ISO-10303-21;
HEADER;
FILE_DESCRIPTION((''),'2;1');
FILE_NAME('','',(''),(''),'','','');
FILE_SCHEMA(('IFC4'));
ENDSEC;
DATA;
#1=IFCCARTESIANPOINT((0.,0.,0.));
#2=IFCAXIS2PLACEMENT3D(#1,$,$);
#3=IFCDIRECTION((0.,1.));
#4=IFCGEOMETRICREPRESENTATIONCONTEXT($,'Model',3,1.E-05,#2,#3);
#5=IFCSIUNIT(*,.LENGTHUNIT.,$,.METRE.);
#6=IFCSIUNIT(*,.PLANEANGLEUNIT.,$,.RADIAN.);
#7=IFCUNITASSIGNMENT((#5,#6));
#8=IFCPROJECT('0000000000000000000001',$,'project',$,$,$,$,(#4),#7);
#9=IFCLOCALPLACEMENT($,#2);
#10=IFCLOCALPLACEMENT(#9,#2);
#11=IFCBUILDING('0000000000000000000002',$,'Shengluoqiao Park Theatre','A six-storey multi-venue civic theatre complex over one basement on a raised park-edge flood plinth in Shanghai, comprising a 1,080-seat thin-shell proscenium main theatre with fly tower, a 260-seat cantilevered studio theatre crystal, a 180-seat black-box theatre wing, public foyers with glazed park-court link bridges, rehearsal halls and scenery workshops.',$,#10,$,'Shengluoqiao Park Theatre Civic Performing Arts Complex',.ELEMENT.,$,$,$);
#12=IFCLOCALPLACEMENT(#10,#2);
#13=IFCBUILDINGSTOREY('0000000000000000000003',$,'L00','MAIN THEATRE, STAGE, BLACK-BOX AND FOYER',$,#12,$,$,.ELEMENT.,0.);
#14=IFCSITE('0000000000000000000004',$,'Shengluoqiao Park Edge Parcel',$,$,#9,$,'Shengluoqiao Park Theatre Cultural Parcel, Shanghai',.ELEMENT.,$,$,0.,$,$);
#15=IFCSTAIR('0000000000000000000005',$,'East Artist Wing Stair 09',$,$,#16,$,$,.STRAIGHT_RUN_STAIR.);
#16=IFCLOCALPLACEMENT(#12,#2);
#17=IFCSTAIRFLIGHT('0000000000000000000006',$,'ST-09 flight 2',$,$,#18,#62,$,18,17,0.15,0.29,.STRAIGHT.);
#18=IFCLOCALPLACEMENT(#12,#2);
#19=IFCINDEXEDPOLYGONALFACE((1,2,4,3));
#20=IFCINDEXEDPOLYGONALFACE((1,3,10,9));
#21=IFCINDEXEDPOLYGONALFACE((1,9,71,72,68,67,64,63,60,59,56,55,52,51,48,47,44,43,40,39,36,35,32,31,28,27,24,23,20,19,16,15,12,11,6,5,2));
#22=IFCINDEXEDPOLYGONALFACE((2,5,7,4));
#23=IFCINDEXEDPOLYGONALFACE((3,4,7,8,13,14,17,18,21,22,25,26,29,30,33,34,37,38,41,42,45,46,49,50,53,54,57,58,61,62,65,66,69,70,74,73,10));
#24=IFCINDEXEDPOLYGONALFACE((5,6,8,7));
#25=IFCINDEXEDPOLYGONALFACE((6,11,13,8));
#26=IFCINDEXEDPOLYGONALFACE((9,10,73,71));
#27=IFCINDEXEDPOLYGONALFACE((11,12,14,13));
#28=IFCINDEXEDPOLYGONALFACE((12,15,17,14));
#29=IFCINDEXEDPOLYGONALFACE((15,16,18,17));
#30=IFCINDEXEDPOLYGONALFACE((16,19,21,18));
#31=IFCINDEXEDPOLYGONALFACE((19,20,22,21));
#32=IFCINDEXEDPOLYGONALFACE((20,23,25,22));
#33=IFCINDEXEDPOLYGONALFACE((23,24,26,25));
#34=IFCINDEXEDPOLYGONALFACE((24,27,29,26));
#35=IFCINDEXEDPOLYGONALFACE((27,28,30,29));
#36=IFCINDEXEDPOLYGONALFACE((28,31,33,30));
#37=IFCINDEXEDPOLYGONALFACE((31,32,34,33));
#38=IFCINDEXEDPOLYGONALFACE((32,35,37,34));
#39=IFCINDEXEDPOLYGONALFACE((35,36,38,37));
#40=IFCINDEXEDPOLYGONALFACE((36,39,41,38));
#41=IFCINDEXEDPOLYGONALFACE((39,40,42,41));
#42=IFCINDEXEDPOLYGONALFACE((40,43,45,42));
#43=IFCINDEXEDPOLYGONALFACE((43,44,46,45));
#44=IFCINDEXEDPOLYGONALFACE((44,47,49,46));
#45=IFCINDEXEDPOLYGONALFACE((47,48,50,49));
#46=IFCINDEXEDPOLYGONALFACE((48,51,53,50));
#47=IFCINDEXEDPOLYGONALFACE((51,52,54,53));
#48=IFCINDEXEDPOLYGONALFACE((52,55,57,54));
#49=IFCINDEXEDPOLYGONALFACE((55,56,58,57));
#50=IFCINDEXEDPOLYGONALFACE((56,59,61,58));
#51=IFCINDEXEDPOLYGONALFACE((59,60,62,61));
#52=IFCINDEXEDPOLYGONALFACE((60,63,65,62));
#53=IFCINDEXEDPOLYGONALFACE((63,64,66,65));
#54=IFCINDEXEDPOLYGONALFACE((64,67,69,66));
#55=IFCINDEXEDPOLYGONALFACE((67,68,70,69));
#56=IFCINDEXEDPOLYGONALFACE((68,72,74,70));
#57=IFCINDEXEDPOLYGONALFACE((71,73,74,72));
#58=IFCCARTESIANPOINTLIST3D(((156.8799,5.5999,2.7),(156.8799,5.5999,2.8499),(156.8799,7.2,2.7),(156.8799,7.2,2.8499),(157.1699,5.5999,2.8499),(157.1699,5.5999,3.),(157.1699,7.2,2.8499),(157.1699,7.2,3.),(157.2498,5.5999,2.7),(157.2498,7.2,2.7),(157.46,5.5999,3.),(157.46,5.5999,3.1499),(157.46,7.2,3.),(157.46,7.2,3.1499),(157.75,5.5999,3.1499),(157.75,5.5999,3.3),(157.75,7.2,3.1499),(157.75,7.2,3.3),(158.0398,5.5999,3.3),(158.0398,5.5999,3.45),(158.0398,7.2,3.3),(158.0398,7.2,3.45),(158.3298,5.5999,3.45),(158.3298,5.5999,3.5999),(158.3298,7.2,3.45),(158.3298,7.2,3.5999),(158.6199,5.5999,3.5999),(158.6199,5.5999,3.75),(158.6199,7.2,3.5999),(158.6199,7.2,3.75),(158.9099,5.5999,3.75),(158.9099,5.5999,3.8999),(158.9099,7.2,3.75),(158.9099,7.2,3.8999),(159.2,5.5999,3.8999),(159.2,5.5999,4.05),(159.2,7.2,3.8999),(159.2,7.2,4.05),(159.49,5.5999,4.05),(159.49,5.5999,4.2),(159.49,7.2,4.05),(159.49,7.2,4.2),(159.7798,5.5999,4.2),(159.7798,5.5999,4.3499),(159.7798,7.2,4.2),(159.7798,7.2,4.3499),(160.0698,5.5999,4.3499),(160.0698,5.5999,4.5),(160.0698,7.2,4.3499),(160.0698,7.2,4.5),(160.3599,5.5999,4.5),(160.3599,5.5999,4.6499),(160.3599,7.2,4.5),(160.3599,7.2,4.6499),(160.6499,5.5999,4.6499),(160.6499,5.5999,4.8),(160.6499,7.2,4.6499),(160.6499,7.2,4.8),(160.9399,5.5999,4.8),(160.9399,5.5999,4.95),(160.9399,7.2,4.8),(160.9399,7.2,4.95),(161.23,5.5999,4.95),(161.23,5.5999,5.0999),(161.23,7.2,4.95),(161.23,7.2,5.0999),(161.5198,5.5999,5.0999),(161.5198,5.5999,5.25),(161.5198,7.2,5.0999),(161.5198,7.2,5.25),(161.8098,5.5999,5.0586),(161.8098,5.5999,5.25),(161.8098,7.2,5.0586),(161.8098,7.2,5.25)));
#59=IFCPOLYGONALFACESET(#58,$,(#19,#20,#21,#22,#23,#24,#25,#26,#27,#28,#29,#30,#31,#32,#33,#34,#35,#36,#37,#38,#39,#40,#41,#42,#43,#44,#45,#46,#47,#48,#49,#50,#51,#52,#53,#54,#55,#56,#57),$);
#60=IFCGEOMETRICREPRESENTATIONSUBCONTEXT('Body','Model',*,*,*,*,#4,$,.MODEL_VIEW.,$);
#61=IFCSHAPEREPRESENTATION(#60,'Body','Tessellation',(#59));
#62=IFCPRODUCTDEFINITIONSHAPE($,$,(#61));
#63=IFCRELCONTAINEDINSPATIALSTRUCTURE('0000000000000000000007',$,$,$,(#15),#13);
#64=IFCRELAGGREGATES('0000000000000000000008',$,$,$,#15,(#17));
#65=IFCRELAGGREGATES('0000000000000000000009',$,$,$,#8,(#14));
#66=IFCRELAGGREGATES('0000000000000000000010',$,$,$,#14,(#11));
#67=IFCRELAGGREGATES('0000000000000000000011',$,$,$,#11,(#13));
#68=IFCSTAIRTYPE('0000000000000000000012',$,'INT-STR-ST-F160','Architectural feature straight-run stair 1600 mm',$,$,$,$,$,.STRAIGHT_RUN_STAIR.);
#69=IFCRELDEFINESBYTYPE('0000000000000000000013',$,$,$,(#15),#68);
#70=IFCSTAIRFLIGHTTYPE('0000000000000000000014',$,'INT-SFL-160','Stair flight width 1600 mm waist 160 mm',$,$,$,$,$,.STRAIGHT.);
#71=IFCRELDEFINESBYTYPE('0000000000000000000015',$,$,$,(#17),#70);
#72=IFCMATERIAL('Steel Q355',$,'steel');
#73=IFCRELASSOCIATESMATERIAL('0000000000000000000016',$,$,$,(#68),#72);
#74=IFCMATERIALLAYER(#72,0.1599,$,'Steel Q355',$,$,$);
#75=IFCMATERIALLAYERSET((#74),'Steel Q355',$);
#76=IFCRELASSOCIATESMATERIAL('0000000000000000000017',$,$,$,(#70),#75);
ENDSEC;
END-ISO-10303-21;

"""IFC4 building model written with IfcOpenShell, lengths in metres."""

from ifc_helpers import new_model, si_unit, direction, frame, origin, place, context, subcontext, project, spatial, polyline, outline, extrude, material, layer, layer_set, type_object, element, aggregate, save


model = new_model("IFC4")

# Units and contexts
model_context = context("Model", 3, precision=1e-05, world=origin(), true_north=direction((0.0, 1.0)))
body_context = subcontext(model_context, "Body", "Model", "MODEL_VIEW")
ifc_project = project(units=[si_unit("LENGTHUNIT", "METRE"), si_unit("PLANEANGLEUNIT", "RADIAN")], contexts=[model_context])

# Site, building, storey
site_placement = place(None, origin())
site = spatial("IfcSite", under=ifc_project, at=site_placement, Name="Shengluoqiao Park Edge Parcel", LongName="Shengluoqiao Park Theatre Cultural Parcel, Shanghai", CompositionType="ELEMENT", RefElevation=0.0)
building_placement = place(site_placement, origin())
building = spatial("IfcBuilding", under=site, at=building_placement, Name="Shengluoqiao Park Theatre", Description="A six-storey multi-venue civic theatre complex over one basement on a raised park-edge flood plinth in Shanghai, comprising a 1,080-seat thin-shell proscenium main theatre with fly tower, a 260-seat cantilevered studio theatre crystal, a 180-seat black-box theatre wing, public foyers with glazed park-court link bridges, rehearsal halls and scenery workshops.", LongName="Shengluoqiao Park Theatre Civic Performing Arts Complex", CompositionType="ELEMENT")
storey_placement = place(building_placement, origin())
storey = spatial("IfcBuildingStorey", under=building, at=storey_placement, Name="L00", Description="MAIN THEATRE, STAGE, BLACK-BOX AND FOYER", CompositionType="ELEMENT", Elevation=0.0)

# Shared definitions
ifc_material_1 = material(Name="Steel Q355", Category="steel")

# Stair, stair flight
stair_type = type_object("IfcStairType", Name="INT-STR-ST-F160", Description="Architectural feature straight-run stair 1600 mm", PredefinedType="STRAIGHT_RUN_STAIR", material=ifc_material_1)
stair_placement = place(storey_placement, origin())
stair = element("IfcStair", 1, at=stair_placement, inside=storey, type_object=stair_type, Name="East Artist Wing Stair 09", PredefinedType="STRAIGHT_RUN_STAIR")
ifc_layer_1 = layer(ifc_material_1, 0.1599, Name="Steel Q355")
ifc_layer_set_1 = layer_set([ifc_layer_1], Name="Steel Q355")
stair_flight_type = type_object("IfcStairFlightType", Name="INT-SFL-160", Description="Stair flight width 1600 mm waist 160 mm", PredefinedType="STRAIGHT", material=ifc_layer_set_1)
stair_flight_placement = place(storey_placement, frame((156.8799, 6.3999, 2.7), z_axis=(0.0, 0.0, 1.0), x_axis=(1.0, 0.0, 0.0)))
stair_flight = element("IfcStairFlight", 2, at=stair_flight_placement, type_object=stair_flight_type, Name="ST-09 flight 2", NumberOfRisers=18, NumberOfTreads=17, PredefinedType="STRAIGHT", RiserHeight=0.15, TreadLength=0.29, context=body_context, shape_type="SweptSolid", body=[
    extrude(outline(polyline([(0.0, 0.0), (0.0, 0.1499), (0.29, 0.1499), (0.29, 0.3), (0.5801, 0.3), (0.5801, 0.45), (0.8701, 0.45), (0.8701, 0.6001), (1.1599, 0.6001), (1.1599, 0.75), (1.45, 0.75), (1.45, 0.8999), (1.74, 0.8999), (1.74, 1.05), (2.03, 1.05), (2.03, 1.2), (2.3201, 1.2), (2.3201, 1.3501), (2.6101, 1.3501), (2.6101, 1.5), (2.8999, 1.5), (2.8999, 1.6499), (3.1899, 1.6499), (3.1899, 1.8), (3.48, 1.8), (3.48, 1.95), (3.77, 1.95), (3.77, 2.1001), (4.0601, 2.1001), (4.0601, 2.25), (4.3501, 2.25), (4.3501, 2.3999), (4.6399, 2.3999), (4.6399, 2.55), (4.9299, 2.55), (4.9299, 2.7), (4.9299, 2.3586), (0.3699, 0.0), (0.0, 0.0)])), frame((0.0, 0.8, 0.0), z_axis=(0.0, -1.0, 0.0), x_axis=(1.0, 0.0, 0.0)), (0.0, 0.0, 1.0), 1.6001),
])
aggregate(stair, [stair_flight])

save(model, "model.ifc")
